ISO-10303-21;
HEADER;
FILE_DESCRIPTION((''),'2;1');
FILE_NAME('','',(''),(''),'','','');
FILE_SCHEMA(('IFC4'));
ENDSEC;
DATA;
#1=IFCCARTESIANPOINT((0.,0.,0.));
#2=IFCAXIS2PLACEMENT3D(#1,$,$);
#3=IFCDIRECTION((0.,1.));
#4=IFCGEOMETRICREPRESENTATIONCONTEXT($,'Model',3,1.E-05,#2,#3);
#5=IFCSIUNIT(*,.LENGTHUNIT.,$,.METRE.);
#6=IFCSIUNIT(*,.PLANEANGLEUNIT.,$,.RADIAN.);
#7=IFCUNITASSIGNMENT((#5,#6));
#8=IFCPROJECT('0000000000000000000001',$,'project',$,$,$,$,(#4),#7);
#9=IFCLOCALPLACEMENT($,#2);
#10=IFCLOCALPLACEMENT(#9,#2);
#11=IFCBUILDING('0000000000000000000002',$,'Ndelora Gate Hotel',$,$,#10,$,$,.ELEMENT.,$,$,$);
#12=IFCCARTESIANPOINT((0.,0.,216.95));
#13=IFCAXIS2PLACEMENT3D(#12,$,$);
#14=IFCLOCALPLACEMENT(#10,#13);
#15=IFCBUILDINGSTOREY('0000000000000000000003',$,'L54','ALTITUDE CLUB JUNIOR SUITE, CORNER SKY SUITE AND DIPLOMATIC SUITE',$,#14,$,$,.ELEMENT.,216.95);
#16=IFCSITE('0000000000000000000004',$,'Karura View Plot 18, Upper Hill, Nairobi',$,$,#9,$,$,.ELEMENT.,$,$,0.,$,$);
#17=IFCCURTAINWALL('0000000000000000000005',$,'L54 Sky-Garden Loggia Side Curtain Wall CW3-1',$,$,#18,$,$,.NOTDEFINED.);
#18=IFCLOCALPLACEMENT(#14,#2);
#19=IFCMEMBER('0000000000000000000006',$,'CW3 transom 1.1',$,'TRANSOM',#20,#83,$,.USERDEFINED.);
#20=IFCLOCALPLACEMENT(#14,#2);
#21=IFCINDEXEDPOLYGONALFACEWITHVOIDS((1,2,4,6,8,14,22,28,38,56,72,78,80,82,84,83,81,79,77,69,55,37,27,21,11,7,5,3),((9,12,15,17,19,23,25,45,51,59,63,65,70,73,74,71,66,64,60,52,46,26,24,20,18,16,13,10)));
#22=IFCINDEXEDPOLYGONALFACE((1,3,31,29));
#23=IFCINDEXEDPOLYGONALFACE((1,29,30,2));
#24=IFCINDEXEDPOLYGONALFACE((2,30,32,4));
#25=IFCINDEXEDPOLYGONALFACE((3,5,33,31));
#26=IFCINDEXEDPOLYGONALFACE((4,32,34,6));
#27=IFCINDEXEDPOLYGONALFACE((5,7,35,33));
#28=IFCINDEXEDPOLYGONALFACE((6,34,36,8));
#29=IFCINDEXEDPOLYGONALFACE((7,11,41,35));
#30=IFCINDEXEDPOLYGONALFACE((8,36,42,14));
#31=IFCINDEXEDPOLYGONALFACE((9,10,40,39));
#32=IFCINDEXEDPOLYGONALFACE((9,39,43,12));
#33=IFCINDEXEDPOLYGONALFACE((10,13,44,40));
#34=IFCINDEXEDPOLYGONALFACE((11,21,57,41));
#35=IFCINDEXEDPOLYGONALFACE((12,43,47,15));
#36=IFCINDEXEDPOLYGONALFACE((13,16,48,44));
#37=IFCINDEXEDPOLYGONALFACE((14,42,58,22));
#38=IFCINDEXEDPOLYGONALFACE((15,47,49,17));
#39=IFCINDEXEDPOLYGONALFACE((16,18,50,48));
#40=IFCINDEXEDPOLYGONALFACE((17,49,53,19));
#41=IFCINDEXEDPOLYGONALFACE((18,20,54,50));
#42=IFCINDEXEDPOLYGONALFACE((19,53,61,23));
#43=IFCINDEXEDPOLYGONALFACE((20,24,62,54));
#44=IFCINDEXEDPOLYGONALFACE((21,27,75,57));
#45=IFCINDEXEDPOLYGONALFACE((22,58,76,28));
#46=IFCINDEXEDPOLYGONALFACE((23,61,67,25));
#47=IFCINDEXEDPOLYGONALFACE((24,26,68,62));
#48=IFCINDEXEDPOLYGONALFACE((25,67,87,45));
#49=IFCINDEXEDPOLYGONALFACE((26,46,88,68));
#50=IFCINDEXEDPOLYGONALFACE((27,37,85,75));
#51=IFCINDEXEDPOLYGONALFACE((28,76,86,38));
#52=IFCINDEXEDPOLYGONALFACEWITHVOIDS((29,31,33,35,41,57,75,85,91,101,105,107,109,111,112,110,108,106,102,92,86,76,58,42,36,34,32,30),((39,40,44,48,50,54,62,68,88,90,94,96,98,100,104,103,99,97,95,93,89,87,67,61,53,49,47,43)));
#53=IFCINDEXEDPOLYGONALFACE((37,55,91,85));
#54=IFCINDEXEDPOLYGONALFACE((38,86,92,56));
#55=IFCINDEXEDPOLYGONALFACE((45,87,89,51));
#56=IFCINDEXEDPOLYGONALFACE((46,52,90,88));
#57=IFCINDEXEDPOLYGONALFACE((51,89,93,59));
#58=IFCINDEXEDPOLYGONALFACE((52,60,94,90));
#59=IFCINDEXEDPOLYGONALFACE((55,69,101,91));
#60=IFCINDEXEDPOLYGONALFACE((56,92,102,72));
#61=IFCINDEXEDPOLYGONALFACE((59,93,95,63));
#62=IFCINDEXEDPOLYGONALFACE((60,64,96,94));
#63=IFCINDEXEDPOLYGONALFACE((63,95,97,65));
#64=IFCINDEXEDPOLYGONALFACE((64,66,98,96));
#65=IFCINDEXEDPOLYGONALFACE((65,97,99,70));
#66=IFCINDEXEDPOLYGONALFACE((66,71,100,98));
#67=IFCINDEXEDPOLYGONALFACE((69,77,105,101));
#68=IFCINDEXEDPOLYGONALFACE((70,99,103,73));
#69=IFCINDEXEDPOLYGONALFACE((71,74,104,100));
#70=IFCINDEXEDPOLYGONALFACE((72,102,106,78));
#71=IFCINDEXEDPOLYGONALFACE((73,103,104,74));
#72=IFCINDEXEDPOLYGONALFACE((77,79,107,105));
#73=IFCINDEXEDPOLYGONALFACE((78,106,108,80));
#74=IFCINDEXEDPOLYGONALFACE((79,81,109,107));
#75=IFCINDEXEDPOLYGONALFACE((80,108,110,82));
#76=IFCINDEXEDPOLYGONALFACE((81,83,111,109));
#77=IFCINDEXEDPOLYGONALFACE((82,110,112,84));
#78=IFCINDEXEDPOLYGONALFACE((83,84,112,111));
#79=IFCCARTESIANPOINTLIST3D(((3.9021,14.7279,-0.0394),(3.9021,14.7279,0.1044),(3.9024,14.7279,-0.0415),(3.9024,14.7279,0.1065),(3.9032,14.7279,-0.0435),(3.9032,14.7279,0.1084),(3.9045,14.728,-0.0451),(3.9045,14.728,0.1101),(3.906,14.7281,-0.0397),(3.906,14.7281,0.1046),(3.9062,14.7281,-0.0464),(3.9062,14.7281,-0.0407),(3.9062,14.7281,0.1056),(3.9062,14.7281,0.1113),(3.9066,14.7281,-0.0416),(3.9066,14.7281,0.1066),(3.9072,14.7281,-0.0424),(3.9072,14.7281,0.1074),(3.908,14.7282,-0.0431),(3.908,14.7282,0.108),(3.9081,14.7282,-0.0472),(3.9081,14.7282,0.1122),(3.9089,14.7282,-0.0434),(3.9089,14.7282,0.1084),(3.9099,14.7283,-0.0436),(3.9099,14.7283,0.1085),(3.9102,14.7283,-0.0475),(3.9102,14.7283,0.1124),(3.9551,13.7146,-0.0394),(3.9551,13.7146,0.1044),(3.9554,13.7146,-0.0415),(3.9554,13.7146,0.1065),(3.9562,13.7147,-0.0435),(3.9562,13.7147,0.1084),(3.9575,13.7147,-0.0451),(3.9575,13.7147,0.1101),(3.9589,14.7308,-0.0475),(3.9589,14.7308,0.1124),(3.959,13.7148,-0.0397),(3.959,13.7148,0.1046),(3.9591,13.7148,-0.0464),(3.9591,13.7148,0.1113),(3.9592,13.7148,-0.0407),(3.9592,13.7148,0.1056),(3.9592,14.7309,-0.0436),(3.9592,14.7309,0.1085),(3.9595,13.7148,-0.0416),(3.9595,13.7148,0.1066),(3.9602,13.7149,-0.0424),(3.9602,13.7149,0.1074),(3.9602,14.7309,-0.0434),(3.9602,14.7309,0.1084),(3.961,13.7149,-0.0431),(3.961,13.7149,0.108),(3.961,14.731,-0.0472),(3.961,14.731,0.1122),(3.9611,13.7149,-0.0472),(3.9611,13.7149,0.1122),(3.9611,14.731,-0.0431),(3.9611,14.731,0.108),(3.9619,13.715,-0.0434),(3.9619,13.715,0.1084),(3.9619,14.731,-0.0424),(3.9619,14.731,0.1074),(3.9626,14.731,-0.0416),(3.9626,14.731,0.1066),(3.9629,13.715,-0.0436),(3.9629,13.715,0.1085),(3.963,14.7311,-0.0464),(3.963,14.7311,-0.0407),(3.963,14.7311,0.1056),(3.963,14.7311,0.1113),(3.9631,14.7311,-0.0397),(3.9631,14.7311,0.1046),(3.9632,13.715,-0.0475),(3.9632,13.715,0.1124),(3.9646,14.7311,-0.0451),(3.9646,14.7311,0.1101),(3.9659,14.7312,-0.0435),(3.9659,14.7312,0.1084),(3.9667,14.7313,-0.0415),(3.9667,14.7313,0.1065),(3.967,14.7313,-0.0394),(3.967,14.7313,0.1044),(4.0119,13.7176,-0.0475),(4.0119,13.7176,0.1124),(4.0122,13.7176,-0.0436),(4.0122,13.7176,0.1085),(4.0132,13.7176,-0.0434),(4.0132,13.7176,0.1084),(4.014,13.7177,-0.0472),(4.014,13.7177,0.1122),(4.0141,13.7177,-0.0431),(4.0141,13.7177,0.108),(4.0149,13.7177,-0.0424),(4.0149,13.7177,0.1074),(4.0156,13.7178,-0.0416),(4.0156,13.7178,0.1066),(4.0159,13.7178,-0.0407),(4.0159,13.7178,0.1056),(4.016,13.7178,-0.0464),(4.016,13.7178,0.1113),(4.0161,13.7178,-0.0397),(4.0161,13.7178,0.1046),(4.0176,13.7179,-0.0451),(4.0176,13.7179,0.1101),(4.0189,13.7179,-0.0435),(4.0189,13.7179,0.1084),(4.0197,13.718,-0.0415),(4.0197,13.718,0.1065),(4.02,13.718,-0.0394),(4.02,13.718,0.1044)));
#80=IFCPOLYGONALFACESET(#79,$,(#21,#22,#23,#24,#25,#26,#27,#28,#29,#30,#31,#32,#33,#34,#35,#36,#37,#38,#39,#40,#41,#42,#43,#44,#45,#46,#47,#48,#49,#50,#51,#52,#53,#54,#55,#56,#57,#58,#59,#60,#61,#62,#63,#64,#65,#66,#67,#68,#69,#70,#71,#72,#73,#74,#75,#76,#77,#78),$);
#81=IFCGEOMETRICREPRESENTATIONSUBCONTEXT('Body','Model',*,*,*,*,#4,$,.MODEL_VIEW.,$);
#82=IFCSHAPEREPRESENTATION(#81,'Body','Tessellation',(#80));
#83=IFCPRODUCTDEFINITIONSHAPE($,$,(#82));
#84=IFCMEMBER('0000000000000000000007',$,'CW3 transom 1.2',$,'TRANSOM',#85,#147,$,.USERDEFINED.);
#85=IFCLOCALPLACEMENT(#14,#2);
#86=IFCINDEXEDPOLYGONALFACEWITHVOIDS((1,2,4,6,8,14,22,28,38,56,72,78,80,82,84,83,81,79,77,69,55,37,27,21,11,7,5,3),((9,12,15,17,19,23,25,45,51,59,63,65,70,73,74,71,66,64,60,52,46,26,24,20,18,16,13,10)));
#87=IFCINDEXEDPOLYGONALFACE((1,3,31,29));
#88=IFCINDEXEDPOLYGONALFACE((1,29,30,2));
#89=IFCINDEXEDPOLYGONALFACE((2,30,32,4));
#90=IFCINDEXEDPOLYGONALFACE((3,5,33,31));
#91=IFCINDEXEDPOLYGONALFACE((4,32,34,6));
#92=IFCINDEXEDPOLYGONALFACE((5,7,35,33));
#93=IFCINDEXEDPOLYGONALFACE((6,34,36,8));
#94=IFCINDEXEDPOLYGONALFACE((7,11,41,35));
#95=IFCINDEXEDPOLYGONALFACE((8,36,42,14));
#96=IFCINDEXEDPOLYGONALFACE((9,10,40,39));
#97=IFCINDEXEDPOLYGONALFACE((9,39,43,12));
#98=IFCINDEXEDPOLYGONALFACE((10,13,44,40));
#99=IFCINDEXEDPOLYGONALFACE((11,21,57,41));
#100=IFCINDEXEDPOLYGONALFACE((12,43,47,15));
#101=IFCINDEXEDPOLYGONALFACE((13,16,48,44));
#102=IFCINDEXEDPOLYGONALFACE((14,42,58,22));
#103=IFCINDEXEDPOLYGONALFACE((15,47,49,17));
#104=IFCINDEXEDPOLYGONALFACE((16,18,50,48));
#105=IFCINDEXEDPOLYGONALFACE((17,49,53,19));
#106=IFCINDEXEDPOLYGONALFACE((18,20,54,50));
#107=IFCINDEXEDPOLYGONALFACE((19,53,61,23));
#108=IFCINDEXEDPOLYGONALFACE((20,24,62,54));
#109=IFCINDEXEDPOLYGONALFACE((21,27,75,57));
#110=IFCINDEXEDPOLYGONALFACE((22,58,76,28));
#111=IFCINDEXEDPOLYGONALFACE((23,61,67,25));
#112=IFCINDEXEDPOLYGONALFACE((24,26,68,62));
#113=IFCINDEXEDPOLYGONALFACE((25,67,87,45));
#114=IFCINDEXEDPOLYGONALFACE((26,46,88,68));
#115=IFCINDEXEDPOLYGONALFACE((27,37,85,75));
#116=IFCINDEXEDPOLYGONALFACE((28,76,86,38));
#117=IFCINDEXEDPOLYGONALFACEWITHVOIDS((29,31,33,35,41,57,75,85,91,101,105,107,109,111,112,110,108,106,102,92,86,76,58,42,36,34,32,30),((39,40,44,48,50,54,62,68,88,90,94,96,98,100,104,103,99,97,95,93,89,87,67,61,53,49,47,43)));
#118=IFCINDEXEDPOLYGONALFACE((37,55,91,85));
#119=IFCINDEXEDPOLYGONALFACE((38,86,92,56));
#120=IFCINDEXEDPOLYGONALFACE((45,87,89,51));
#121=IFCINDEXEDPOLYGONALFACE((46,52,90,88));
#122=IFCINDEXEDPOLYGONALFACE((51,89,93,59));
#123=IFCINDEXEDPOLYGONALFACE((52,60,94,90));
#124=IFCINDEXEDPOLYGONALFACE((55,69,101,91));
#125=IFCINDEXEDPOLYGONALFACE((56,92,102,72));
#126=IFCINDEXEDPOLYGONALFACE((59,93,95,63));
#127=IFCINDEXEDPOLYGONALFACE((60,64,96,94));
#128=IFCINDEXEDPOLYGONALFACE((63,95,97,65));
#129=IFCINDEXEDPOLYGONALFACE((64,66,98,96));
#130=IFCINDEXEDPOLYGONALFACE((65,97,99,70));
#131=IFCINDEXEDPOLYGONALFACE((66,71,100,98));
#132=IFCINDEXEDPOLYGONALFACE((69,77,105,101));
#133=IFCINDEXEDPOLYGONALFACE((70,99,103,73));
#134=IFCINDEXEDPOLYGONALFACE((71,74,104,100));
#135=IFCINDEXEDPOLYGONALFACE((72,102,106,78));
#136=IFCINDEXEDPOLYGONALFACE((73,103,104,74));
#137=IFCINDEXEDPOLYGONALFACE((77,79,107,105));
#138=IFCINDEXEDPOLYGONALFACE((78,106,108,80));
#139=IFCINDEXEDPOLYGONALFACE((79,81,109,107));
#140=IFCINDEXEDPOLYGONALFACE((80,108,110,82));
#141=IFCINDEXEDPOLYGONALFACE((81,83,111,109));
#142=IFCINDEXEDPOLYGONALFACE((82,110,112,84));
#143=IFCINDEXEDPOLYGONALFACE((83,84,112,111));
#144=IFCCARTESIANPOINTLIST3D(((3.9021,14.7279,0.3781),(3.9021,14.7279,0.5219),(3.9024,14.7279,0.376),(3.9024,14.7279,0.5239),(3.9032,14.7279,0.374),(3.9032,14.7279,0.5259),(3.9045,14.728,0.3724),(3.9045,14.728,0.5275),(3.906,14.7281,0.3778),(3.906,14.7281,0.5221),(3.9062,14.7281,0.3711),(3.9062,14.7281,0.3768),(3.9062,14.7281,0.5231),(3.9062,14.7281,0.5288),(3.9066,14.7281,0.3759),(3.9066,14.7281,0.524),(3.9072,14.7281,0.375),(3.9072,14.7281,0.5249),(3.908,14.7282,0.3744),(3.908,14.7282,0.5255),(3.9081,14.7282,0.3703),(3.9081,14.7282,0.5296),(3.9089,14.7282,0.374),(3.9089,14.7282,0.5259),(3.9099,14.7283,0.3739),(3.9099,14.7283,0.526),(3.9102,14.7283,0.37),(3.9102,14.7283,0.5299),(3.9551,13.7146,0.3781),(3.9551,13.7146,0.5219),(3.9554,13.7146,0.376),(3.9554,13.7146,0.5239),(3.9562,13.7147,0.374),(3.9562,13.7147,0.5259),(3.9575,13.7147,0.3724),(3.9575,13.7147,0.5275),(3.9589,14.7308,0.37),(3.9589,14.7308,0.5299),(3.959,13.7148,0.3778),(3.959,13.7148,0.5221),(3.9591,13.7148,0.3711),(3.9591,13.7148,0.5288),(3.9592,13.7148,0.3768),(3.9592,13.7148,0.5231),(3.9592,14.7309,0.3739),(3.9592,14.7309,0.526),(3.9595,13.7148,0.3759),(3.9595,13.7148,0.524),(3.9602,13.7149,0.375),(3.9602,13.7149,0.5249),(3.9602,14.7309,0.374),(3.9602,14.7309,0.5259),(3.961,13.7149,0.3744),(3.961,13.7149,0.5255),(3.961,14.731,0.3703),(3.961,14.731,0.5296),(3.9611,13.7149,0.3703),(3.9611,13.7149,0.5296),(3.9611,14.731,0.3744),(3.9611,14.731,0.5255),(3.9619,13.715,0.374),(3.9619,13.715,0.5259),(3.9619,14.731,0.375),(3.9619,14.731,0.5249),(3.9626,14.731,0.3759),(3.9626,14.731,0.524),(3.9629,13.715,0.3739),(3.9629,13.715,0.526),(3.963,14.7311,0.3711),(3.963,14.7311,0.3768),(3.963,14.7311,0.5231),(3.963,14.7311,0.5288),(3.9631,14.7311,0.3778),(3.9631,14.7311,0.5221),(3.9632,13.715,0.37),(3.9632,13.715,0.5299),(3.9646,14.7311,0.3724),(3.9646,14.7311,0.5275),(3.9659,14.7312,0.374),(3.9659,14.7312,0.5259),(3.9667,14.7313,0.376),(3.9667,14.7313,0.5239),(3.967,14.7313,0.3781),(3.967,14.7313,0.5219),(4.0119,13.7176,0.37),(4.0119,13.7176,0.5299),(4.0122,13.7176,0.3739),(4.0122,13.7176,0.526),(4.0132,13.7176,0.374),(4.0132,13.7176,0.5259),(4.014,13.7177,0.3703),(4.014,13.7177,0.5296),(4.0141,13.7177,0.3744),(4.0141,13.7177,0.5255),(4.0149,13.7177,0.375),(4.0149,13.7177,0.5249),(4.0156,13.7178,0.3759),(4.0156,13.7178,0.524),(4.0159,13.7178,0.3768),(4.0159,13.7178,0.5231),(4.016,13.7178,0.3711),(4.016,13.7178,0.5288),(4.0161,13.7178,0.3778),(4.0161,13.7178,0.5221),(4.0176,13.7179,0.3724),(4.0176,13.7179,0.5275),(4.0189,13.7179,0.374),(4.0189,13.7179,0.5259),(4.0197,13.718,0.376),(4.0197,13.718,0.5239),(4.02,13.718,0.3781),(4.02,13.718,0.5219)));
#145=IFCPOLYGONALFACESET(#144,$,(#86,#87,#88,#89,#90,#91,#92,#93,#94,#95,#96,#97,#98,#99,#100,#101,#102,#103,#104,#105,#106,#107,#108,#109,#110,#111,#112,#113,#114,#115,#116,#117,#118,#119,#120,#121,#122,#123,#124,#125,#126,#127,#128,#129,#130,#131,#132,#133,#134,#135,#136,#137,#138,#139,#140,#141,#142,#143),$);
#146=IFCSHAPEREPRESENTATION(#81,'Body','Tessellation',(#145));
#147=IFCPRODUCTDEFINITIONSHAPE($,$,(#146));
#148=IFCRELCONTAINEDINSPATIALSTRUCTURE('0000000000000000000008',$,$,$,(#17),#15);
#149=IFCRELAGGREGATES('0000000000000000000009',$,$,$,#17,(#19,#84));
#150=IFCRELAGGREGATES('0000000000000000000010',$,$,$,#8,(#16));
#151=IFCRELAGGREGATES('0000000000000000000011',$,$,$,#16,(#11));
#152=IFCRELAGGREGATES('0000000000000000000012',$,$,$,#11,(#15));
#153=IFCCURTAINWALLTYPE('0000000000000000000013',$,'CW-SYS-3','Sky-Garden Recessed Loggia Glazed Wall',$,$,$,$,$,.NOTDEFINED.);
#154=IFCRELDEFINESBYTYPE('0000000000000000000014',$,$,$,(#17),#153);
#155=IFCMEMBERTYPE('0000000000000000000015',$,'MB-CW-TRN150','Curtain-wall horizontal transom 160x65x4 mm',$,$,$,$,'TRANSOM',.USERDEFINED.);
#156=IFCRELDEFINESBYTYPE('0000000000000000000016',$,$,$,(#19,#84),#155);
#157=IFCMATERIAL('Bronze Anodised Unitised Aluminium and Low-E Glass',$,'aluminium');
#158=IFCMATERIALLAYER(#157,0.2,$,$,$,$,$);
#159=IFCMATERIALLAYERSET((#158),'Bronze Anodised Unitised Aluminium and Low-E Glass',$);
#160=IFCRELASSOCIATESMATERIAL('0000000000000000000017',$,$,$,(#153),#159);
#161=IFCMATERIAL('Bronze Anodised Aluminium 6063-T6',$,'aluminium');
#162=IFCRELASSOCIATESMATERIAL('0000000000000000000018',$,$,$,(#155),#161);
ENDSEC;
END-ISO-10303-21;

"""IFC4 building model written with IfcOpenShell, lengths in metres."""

from ifc_helpers import new_model, si_unit, direction, frame, origin, origin_2d, place, context, subcontext, project, spatial, hollow_rectangle, extrude, material, layer, layer_set, material_profile, profile_set, type_object, element, aggregate, save


model = new_model("IFC4")

# Units and contexts
model_context = context("Model", 3, precision=1e-05, world=origin(), true_north=direction((0.0, 1.0)))
body_context = subcontext(model_context, "Body", "Model", "MODEL_VIEW")
ifc_project = project(units=[si_unit("LENGTHUNIT", "METRE"), si_unit("PLANEANGLEUNIT", "RADIAN")], contexts=[model_context])

# Site, building, storey
site_placement = place(None, origin())
site = spatial("IfcSite", under=ifc_project, at=site_placement, Name="Karura View Plot 18, Upper Hill, Nairobi", CompositionType="ELEMENT", RefElevation=0.0)
building_placement = place(site_placement, origin())
building = spatial("IfcBuilding", under=site, at=building_placement, Name="Ndelora Gate Hotel", CompositionType="ELEMENT")
storey_placement = place(building_placement, frame((0.0, 0.0, 216.95)))
storey = spatial("IfcBuildingStorey", under=building, at=storey_placement, Name="L54", Description="ALTITUDE CLUB JUNIOR SUITE, CORNER SKY SUITE AND DIPLOMATIC SUITE", CompositionType="ELEMENT", Elevation=216.95)

# Curtain wall, members
ifc_material_1 = material(Name="Bronze Anodised Unitised Aluminium and Low-E Glass", Category="aluminium")
ifc_layer_1 = layer(ifc_material_1, 0.2)
ifc_layer_set_1 = layer_set([ifc_layer_1], Name="Bronze Anodised Unitised Aluminium and Low-E Glass")
curtain_wall_type = type_object("IfcCurtainWallType", Name="CW-SYS-3", Description="Sky-Garden Recessed Loggia Glazed Wall", PredefinedType="NOTDEFINED", material=ifc_layer_set_1)
curtain_wall_placement = place(storey_placement, origin())
curtain_wall = element("IfcCurtainWall", 1, at=curtain_wall_placement, inside=storey, type_object=curtain_wall_type, Name="L54 Sky-Garden Loggia Side Curtain Wall CW3-1", PredefinedType="NOTDEFINED")
ifc_material_2 = material(Name="Bronze Anodised Aluminium 6063-T6", Category="aluminium")
ifc_material_profile_1 = material_profile(ifc_material_2, hollow_rectangle(XDim=0.0649, YDim=0.1599, WallThickness=0.0039, InnerFilletRadius=0.0039, OuterFilletRadius=0.0081, at=origin_2d()), Name="ALU 160x65x4")
ifc_profile_set_1 = profile_set([ifc_material_profile_1], Name="Bronze Anodised Aluminium 6063-T6")
member_type_1 = type_object("IfcMemberType", Name="MB-CW-TRN150", Description="Curtain-wall horizontal transom 160x65x4 mm", ElementType="TRANSOM", PredefinedType="USERDEFINED", material=ifc_profile_set_1)
member_1_placement = place(storey_placement, frame((3.9875, 13.7163, 0.0325), z_axis=(-0.052218, 0.998636, 0.0), x_axis=(-0.998636, -0.052218, 0.0)))
member_1 = element("IfcMember", 2, at=member_1_placement, type_object=member_type_1, Name="CW3 transom 1.1", ObjectType="TRANSOM", PredefinedType="USERDEFINED", context=body_context, shape_type="SweptSolid", body=[
    extrude(hollow_rectangle(XDim=0.0649, YDim=0.1599, WallThickness=0.0039, InnerFilletRadius=0.0039, OuterFilletRadius=0.0081, at=origin_2d()), origin(), (0.0, 0.0, 1.0), 1.0146),
])
member_2_placement = place(storey_placement, frame((3.9875, 13.7163, 0.45), z_axis=(-0.052218, 0.998636, 0.0), x_axis=(-0.998636, -0.052218, 0.0)))
member_2 = element("IfcMember", 3, at=member_2_placement, type_object=member_type_1, Name="CW3 transom 1.2", ObjectType="TRANSOM", PredefinedType="USERDEFINED", context=body_context, shape_type="SweptSolid", body=[
    extrude(hollow_rectangle(XDim=0.0649, YDim=0.1599, WallThickness=0.0039, InnerFilletRadius=0.0039, OuterFilletRadius=0.0081, at=origin_2d()), origin(), (0.0, 0.0, 1.0), 1.0146),
])
aggregate(curtain_wall, [member_1, member_2])

save(model, "model.ifc")
